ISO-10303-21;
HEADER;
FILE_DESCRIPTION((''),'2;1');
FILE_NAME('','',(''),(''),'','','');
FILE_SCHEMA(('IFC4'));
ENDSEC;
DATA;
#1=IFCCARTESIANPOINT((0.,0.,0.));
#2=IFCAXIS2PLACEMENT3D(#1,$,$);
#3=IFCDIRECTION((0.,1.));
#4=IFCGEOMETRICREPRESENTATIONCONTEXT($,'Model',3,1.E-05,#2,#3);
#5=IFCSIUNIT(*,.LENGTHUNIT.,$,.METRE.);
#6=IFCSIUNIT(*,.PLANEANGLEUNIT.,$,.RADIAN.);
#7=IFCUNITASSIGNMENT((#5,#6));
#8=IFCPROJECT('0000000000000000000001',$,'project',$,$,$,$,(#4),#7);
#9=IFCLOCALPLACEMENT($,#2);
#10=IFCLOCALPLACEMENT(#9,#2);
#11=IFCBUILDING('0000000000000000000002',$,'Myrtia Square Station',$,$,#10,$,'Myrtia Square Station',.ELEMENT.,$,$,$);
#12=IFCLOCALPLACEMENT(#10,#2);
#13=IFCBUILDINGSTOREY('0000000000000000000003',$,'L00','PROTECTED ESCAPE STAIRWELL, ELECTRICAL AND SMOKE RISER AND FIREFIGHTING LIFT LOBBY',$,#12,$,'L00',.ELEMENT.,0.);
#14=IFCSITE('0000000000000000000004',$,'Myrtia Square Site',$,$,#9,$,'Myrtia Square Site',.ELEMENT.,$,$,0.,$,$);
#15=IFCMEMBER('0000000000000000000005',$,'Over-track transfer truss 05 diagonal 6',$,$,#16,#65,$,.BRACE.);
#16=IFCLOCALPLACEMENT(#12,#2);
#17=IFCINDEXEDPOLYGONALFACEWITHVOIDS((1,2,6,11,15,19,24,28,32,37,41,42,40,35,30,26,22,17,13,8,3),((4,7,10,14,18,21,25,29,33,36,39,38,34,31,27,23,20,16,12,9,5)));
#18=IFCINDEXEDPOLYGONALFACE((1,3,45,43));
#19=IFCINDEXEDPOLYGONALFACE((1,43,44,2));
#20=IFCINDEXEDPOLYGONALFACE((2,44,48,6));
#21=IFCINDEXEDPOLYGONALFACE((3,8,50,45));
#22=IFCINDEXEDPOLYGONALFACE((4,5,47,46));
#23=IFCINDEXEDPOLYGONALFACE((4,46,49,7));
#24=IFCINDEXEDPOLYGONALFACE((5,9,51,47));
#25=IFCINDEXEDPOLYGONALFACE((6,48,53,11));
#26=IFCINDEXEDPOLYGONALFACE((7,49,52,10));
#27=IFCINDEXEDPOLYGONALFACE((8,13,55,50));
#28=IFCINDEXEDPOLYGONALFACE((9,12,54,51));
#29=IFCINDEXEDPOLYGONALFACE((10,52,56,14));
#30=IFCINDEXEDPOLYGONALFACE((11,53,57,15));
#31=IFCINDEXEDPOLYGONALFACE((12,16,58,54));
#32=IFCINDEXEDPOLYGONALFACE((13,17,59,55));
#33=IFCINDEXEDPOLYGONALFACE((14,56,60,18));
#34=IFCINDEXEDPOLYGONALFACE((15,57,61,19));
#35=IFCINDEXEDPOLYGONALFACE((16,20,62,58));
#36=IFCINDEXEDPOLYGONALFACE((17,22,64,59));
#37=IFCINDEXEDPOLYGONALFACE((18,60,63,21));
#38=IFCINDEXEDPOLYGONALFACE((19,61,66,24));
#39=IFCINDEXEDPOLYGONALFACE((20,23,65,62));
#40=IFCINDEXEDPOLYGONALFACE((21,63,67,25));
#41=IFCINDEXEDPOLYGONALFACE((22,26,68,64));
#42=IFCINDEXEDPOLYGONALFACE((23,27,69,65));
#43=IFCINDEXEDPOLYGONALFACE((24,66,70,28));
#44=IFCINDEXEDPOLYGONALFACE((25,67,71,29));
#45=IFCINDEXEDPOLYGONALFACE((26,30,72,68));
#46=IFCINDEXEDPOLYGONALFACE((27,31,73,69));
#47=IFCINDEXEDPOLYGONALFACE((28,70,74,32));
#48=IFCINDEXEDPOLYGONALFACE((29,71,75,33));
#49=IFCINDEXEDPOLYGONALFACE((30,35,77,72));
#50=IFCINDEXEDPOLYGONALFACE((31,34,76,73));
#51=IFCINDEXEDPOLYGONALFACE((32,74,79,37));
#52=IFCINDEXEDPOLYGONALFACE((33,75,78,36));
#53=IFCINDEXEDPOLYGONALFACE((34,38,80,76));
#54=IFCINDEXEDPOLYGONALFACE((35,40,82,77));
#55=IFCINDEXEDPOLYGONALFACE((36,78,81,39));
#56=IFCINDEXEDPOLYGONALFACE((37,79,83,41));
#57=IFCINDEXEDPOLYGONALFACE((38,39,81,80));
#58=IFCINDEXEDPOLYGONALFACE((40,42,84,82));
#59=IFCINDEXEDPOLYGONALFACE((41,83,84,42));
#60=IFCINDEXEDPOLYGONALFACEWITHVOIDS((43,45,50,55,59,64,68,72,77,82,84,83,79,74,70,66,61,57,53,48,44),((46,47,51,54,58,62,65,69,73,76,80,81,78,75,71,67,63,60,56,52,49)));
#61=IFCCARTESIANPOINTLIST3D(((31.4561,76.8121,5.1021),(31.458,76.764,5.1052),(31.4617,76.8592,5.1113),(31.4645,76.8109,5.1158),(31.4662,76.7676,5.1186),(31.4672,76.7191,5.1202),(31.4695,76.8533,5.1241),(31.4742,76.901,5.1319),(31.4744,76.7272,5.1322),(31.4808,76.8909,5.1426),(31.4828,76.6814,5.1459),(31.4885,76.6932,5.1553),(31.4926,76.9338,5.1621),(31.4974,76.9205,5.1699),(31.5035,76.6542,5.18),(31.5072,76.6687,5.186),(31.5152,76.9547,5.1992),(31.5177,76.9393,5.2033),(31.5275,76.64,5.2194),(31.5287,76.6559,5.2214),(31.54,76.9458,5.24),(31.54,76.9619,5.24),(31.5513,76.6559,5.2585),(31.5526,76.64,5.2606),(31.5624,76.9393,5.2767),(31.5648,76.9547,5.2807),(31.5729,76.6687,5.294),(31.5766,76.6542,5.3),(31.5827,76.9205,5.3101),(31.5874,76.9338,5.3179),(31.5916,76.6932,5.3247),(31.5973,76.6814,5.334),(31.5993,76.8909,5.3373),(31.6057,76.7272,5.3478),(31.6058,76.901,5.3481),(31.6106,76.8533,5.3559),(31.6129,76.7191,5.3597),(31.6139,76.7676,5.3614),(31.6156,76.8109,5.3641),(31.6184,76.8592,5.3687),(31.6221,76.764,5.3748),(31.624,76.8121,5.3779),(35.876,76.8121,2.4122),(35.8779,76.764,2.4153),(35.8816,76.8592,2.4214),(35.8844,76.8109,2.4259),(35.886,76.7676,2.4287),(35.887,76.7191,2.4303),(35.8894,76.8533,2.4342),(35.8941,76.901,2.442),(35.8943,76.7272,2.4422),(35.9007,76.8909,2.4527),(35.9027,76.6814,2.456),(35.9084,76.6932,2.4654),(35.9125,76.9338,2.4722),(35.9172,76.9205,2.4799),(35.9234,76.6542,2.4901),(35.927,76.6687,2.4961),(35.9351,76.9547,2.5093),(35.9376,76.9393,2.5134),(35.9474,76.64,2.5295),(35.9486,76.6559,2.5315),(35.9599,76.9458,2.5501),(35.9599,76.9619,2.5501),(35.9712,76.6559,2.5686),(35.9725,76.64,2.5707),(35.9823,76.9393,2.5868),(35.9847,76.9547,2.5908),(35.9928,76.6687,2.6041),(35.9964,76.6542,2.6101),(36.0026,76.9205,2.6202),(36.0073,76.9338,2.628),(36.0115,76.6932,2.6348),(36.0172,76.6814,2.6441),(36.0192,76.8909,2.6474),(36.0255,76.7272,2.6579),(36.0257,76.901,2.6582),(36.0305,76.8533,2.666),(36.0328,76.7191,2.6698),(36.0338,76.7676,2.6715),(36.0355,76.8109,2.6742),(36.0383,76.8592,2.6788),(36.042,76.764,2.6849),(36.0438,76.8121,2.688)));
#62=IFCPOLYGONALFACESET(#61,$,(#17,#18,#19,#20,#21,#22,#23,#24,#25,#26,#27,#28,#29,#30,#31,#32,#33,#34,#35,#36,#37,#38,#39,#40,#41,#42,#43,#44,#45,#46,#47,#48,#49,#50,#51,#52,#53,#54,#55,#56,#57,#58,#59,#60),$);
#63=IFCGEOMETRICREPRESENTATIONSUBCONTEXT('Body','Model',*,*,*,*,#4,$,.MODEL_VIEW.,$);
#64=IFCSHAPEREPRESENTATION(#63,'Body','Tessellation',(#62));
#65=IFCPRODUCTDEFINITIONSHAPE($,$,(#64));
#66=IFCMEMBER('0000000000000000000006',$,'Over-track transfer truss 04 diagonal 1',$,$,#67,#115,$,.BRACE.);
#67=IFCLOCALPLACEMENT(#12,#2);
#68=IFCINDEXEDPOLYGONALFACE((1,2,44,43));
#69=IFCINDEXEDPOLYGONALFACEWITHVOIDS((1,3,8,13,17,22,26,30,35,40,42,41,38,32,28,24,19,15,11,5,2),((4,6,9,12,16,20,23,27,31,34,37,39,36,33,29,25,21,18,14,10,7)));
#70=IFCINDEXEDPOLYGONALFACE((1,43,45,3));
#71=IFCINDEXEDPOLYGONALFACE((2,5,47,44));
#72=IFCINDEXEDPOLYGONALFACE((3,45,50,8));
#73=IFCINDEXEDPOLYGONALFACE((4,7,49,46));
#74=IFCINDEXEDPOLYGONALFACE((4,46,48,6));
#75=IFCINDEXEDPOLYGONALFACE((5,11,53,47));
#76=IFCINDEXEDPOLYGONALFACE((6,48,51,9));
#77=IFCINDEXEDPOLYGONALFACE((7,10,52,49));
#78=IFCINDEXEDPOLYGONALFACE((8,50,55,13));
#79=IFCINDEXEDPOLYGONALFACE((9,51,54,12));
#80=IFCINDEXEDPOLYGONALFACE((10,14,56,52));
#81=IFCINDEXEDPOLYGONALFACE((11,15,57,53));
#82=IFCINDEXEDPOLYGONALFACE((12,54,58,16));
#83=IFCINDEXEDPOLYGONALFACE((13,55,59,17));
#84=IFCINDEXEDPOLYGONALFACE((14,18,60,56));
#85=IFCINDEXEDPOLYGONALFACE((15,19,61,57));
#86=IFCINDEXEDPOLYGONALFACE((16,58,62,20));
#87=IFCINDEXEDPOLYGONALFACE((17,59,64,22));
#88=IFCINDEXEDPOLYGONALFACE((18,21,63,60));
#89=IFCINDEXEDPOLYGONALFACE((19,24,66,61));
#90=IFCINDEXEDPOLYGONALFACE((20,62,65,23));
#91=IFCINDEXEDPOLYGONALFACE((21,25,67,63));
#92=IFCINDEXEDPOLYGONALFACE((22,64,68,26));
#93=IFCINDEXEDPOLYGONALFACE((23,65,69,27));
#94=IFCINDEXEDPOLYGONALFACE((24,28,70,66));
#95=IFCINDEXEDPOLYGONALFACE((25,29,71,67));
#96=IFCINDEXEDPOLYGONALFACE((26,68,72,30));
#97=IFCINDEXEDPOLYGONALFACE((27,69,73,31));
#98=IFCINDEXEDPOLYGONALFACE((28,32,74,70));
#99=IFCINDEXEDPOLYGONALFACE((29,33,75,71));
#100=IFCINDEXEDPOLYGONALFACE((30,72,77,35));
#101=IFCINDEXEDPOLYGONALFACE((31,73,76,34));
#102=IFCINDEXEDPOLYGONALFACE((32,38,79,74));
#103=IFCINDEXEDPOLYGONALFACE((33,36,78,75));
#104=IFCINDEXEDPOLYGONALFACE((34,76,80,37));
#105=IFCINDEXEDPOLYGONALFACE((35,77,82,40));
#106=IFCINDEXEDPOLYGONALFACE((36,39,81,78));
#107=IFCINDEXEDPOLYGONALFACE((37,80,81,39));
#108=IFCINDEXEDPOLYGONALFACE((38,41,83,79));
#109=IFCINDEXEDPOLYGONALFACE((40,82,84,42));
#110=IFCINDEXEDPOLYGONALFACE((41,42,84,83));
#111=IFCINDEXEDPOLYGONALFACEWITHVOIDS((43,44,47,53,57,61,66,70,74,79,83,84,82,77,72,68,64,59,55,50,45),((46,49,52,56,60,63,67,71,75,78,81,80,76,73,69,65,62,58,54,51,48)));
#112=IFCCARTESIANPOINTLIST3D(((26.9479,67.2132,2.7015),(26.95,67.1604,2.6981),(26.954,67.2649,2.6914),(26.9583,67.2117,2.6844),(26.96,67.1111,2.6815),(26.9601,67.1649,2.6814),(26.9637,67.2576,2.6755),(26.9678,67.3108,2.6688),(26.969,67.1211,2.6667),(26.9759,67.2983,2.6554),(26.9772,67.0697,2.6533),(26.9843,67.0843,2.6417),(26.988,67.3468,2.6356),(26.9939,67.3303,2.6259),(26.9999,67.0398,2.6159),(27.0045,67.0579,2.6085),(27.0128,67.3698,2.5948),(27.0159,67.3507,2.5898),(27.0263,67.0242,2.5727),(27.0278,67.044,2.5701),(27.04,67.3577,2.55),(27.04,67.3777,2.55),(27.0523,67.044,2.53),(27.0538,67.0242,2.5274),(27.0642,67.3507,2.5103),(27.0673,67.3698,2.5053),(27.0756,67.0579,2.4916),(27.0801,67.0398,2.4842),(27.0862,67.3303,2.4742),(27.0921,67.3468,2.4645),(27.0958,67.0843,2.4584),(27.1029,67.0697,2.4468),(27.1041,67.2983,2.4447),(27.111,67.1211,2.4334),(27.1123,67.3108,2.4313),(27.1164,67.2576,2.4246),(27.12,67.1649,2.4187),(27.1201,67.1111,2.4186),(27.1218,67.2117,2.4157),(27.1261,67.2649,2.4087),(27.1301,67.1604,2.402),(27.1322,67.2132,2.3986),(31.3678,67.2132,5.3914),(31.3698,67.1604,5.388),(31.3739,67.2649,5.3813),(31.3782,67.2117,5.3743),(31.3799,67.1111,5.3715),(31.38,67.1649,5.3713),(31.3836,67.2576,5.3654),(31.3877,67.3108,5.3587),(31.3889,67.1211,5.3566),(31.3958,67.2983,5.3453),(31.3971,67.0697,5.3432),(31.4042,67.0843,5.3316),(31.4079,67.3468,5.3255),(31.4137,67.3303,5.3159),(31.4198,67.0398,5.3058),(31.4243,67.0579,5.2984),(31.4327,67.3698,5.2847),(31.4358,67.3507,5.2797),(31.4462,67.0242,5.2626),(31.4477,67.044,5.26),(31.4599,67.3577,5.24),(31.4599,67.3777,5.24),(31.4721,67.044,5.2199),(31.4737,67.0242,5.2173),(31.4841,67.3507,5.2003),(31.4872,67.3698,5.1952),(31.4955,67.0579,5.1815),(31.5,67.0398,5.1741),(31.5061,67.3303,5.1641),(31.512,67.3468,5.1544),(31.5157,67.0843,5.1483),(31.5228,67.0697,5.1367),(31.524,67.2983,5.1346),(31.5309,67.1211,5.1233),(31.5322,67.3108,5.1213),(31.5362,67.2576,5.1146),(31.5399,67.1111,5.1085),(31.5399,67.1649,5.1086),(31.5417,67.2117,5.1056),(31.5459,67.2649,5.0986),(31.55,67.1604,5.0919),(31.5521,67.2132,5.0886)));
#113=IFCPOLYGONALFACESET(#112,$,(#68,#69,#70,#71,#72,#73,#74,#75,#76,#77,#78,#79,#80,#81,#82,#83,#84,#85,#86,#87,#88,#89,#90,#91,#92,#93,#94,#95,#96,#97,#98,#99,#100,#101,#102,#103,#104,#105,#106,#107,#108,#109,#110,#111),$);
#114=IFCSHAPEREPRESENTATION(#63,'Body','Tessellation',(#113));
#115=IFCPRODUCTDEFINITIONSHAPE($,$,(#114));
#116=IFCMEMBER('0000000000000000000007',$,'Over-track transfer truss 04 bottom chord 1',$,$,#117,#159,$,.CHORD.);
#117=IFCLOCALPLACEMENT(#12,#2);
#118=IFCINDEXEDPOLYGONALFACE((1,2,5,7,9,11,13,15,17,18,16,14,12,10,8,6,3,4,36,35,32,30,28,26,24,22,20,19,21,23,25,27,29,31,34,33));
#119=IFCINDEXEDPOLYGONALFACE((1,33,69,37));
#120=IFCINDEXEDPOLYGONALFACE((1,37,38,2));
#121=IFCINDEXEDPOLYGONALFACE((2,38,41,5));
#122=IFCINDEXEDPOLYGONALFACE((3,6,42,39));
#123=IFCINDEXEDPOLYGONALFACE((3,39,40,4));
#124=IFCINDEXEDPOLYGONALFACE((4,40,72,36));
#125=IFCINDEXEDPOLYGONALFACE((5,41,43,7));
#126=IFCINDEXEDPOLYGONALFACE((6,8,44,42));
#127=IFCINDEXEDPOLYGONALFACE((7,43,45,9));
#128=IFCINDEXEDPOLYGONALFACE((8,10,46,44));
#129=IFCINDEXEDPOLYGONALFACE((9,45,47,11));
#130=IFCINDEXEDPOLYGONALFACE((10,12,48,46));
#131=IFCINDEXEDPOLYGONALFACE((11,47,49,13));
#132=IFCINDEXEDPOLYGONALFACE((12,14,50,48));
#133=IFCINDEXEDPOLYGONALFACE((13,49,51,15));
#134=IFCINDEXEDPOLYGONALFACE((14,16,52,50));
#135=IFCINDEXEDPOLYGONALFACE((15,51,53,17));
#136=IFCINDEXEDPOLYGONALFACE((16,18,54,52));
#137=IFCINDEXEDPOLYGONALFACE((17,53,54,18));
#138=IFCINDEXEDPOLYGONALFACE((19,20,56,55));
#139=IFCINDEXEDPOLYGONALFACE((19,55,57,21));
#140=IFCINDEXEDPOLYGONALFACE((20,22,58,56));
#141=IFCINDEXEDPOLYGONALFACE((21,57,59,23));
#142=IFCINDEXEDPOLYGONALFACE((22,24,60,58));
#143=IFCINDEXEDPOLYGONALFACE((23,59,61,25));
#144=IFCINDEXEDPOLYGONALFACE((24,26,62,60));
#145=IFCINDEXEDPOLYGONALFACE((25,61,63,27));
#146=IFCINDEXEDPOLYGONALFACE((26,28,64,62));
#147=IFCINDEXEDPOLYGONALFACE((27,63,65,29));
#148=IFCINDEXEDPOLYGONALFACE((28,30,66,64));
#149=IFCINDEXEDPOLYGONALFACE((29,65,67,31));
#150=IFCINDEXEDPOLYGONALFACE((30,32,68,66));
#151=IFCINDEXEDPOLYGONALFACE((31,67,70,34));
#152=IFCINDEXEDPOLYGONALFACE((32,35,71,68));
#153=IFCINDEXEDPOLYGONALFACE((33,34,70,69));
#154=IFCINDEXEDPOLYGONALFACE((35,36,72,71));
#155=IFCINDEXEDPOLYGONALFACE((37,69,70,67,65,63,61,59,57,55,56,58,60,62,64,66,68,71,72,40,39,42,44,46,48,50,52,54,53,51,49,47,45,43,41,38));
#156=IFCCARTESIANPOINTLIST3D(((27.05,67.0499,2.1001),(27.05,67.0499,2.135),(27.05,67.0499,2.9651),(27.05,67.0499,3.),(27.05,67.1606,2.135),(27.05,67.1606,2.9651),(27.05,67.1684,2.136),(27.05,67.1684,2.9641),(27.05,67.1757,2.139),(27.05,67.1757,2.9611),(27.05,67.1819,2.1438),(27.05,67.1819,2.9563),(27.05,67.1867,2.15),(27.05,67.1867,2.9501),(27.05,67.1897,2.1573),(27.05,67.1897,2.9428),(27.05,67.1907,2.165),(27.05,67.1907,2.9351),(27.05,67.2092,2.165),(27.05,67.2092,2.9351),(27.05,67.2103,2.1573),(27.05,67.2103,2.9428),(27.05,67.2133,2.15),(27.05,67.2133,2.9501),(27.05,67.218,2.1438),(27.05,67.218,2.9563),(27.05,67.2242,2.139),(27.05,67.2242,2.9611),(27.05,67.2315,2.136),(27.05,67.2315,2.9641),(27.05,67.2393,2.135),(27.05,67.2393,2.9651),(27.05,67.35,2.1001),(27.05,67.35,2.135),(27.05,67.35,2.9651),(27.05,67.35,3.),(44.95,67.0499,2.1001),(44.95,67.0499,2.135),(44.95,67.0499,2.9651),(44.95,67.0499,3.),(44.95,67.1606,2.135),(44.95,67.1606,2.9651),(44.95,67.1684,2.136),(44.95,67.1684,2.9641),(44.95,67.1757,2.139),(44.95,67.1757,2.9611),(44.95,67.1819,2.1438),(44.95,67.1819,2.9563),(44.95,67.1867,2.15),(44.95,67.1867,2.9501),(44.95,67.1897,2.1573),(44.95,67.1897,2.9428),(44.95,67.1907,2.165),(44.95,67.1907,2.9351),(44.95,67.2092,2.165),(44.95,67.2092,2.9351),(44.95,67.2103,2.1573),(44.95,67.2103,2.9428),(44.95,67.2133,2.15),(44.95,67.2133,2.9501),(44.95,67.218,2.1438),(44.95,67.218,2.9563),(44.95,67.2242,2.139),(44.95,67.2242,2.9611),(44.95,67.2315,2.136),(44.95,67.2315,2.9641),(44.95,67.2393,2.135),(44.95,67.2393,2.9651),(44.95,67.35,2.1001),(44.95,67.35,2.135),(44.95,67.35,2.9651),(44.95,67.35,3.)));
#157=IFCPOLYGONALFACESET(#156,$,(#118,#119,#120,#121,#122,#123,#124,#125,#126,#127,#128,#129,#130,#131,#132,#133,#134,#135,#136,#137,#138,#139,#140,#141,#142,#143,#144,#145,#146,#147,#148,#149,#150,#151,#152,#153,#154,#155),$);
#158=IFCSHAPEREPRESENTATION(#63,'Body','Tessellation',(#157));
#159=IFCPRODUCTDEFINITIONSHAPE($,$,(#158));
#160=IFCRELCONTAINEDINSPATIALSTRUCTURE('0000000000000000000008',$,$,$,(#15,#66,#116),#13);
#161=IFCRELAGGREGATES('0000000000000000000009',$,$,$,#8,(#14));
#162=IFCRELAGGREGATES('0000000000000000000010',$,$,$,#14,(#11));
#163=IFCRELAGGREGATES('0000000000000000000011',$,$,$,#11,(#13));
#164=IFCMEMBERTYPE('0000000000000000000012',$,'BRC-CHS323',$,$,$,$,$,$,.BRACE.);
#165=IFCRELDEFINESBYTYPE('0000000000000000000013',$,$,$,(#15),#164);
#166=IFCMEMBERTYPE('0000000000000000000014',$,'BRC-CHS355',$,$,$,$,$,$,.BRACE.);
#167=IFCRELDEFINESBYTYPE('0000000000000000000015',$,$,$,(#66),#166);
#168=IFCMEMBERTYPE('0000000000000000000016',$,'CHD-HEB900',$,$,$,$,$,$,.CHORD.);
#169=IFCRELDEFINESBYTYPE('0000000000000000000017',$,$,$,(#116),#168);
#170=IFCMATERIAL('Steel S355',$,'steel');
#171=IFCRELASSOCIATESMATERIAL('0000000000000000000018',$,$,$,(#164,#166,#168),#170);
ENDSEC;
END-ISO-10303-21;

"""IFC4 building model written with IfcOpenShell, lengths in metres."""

from ifc_helpers import new_model, si_unit, direction, frame, origin, origin_2d, place, context, subcontext, project, spatial, hollow_circle, i_section, extrude, material, material_profile, profile_set, type_object, element, save


model = new_model("IFC4")

# Units and contexts
model_context = context("Model", 3, precision=1e-05, world=origin(), true_north=direction((0.0, 1.0)))
body_context = subcontext(model_context, "Body", "Model", "MODEL_VIEW")
ifc_project = project(units=[si_unit("LENGTHUNIT", "METRE"), si_unit("PLANEANGLEUNIT", "RADIAN")], contexts=[model_context])

# Site, building, storey
site_placement = place(None, origin())
site = spatial("IfcSite", under=ifc_project, at=site_placement, Name="Myrtia Square Site", LongName="Myrtia Square Site", CompositionType="ELEMENT", RefElevation=0.0)
building_placement = place(site_placement, origin())
building = spatial("IfcBuilding", under=site, at=building_placement, Name="Myrtia Square Station", LongName="Myrtia Square Station", CompositionType="ELEMENT")
storey_placement = place(building_placement, origin())
storey = spatial("IfcBuildingStorey", under=building, at=storey_placement, Name="L00", Description="PROTECTED ESCAPE STAIRWELL, ELECTRICAL AND SMOKE RISER AND FIREFIGHTING LIFT LOBBY", LongName="L00", CompositionType="ELEMENT", Elevation=0.0)

# Shared definitions
ifc_material_1 = material(Name="Steel S355", Category="steel")

# Members
ifc_material_profile_1 = material_profile(ifc_material_1, hollow_circle(Radius=0.1619, WallThickness=0.0161, at=origin_2d()), Name="CHS 323.9x16")
ifc_profile_set_1 = profile_set([ifc_material_profile_1], Name="Steel S355")
member_type_1 = type_object("IfcMemberType", Name="BRC-CHS323", PredefinedType="BRACE", material=ifc_profile_set_1)
for number, where, z_axis, x_axis, name in (
    (1, (31.54, 76.8, 5.24), (0.854237, 0.0, -0.519884), (0.0, 1.0, 0.0), "Over-track transfer truss 05 diagonal 6"),
):
    element("IfcMember", number, at=place(storey_placement, frame(where, z_axis=z_axis, x_axis=x_axis)), inside=storey, type_object=member_type_1, Name=name, PredefinedType="BRACE", context=body_context, shape_type="SweptSolid", body=[
        extrude(hollow_circle(Radius=0.1619, WallThickness=0.0161, at=origin_2d()), origin(), (0.0, 0.0, 1.0), 5.1741),
    ])
ifc_material_profile_2 = material_profile(ifc_material_1, hollow_circle(Radius=0.1777, WallThickness=0.02, at=origin_2d()), Name="CHS 355.6x20")
ifc_profile_set_2 = profile_set([ifc_material_profile_2], Name="Steel S355")
member_type_2 = type_object("IfcMemberType", Name="BRC-CHS355", PredefinedType="BRACE", material=ifc_profile_set_2)
member_placement = place(storey_placement, frame((27.04, 67.2, 2.55), z_axis=(0.854237, 0.0, 0.519884), x_axis=(0.0, 1.0, 0.0)))
element("IfcMember", 2, at=member_placement, inside=storey, type_object=member_type_2, Name="Over-track transfer truss 04 diagonal 1", PredefinedType="BRACE", context=body_context, shape_type="SweptSolid", body=[
    extrude(hollow_circle(Radius=0.1777, WallThickness=0.02, at=origin_2d()), origin(), (0.0, 0.0, 1.0), 5.1741),
])
ifc_material_profile_3 = material_profile(ifc_material_1, i_section(OverallWidth=0.3, OverallDepth=0.8999, WebThickness=0.0186, FlangeThickness=0.0349, FilletRadius=0.03, at=origin_2d()), Name="HEB 900")
ifc_profile_set_3 = profile_set([ifc_material_profile_3], Name="Steel S355")
member_type_3 = type_object("IfcMemberType", Name="CHD-HEB900", PredefinedType="CHORD", material=ifc_profile_set_3)
for number, where, z_axis, x_axis, name in (
    (3, (27.05, 67.2, 2.55), (1.0, 0.0, 0.0), (0.0, 1.0, 0.0), "Over-track transfer truss 04 bottom chord 1"),
):
    element("IfcMember", number, at=place(storey_placement, frame(where, z_axis=z_axis, x_axis=x_axis)), inside=storey, type_object=member_type_3, Name=name, PredefinedType="CHORD", context=body_context, shape_type="SweptSolid", body=[
        extrude(i_section(OverallWidth=0.3, OverallDepth=0.8999, WebThickness=0.0186, FlangeThickness=0.0349, FilletRadius=0.03, at=origin_2d()), origin(), (0.0, 0.0, 1.0), 17.8999),
    ])

save(model, "model.ifc")
